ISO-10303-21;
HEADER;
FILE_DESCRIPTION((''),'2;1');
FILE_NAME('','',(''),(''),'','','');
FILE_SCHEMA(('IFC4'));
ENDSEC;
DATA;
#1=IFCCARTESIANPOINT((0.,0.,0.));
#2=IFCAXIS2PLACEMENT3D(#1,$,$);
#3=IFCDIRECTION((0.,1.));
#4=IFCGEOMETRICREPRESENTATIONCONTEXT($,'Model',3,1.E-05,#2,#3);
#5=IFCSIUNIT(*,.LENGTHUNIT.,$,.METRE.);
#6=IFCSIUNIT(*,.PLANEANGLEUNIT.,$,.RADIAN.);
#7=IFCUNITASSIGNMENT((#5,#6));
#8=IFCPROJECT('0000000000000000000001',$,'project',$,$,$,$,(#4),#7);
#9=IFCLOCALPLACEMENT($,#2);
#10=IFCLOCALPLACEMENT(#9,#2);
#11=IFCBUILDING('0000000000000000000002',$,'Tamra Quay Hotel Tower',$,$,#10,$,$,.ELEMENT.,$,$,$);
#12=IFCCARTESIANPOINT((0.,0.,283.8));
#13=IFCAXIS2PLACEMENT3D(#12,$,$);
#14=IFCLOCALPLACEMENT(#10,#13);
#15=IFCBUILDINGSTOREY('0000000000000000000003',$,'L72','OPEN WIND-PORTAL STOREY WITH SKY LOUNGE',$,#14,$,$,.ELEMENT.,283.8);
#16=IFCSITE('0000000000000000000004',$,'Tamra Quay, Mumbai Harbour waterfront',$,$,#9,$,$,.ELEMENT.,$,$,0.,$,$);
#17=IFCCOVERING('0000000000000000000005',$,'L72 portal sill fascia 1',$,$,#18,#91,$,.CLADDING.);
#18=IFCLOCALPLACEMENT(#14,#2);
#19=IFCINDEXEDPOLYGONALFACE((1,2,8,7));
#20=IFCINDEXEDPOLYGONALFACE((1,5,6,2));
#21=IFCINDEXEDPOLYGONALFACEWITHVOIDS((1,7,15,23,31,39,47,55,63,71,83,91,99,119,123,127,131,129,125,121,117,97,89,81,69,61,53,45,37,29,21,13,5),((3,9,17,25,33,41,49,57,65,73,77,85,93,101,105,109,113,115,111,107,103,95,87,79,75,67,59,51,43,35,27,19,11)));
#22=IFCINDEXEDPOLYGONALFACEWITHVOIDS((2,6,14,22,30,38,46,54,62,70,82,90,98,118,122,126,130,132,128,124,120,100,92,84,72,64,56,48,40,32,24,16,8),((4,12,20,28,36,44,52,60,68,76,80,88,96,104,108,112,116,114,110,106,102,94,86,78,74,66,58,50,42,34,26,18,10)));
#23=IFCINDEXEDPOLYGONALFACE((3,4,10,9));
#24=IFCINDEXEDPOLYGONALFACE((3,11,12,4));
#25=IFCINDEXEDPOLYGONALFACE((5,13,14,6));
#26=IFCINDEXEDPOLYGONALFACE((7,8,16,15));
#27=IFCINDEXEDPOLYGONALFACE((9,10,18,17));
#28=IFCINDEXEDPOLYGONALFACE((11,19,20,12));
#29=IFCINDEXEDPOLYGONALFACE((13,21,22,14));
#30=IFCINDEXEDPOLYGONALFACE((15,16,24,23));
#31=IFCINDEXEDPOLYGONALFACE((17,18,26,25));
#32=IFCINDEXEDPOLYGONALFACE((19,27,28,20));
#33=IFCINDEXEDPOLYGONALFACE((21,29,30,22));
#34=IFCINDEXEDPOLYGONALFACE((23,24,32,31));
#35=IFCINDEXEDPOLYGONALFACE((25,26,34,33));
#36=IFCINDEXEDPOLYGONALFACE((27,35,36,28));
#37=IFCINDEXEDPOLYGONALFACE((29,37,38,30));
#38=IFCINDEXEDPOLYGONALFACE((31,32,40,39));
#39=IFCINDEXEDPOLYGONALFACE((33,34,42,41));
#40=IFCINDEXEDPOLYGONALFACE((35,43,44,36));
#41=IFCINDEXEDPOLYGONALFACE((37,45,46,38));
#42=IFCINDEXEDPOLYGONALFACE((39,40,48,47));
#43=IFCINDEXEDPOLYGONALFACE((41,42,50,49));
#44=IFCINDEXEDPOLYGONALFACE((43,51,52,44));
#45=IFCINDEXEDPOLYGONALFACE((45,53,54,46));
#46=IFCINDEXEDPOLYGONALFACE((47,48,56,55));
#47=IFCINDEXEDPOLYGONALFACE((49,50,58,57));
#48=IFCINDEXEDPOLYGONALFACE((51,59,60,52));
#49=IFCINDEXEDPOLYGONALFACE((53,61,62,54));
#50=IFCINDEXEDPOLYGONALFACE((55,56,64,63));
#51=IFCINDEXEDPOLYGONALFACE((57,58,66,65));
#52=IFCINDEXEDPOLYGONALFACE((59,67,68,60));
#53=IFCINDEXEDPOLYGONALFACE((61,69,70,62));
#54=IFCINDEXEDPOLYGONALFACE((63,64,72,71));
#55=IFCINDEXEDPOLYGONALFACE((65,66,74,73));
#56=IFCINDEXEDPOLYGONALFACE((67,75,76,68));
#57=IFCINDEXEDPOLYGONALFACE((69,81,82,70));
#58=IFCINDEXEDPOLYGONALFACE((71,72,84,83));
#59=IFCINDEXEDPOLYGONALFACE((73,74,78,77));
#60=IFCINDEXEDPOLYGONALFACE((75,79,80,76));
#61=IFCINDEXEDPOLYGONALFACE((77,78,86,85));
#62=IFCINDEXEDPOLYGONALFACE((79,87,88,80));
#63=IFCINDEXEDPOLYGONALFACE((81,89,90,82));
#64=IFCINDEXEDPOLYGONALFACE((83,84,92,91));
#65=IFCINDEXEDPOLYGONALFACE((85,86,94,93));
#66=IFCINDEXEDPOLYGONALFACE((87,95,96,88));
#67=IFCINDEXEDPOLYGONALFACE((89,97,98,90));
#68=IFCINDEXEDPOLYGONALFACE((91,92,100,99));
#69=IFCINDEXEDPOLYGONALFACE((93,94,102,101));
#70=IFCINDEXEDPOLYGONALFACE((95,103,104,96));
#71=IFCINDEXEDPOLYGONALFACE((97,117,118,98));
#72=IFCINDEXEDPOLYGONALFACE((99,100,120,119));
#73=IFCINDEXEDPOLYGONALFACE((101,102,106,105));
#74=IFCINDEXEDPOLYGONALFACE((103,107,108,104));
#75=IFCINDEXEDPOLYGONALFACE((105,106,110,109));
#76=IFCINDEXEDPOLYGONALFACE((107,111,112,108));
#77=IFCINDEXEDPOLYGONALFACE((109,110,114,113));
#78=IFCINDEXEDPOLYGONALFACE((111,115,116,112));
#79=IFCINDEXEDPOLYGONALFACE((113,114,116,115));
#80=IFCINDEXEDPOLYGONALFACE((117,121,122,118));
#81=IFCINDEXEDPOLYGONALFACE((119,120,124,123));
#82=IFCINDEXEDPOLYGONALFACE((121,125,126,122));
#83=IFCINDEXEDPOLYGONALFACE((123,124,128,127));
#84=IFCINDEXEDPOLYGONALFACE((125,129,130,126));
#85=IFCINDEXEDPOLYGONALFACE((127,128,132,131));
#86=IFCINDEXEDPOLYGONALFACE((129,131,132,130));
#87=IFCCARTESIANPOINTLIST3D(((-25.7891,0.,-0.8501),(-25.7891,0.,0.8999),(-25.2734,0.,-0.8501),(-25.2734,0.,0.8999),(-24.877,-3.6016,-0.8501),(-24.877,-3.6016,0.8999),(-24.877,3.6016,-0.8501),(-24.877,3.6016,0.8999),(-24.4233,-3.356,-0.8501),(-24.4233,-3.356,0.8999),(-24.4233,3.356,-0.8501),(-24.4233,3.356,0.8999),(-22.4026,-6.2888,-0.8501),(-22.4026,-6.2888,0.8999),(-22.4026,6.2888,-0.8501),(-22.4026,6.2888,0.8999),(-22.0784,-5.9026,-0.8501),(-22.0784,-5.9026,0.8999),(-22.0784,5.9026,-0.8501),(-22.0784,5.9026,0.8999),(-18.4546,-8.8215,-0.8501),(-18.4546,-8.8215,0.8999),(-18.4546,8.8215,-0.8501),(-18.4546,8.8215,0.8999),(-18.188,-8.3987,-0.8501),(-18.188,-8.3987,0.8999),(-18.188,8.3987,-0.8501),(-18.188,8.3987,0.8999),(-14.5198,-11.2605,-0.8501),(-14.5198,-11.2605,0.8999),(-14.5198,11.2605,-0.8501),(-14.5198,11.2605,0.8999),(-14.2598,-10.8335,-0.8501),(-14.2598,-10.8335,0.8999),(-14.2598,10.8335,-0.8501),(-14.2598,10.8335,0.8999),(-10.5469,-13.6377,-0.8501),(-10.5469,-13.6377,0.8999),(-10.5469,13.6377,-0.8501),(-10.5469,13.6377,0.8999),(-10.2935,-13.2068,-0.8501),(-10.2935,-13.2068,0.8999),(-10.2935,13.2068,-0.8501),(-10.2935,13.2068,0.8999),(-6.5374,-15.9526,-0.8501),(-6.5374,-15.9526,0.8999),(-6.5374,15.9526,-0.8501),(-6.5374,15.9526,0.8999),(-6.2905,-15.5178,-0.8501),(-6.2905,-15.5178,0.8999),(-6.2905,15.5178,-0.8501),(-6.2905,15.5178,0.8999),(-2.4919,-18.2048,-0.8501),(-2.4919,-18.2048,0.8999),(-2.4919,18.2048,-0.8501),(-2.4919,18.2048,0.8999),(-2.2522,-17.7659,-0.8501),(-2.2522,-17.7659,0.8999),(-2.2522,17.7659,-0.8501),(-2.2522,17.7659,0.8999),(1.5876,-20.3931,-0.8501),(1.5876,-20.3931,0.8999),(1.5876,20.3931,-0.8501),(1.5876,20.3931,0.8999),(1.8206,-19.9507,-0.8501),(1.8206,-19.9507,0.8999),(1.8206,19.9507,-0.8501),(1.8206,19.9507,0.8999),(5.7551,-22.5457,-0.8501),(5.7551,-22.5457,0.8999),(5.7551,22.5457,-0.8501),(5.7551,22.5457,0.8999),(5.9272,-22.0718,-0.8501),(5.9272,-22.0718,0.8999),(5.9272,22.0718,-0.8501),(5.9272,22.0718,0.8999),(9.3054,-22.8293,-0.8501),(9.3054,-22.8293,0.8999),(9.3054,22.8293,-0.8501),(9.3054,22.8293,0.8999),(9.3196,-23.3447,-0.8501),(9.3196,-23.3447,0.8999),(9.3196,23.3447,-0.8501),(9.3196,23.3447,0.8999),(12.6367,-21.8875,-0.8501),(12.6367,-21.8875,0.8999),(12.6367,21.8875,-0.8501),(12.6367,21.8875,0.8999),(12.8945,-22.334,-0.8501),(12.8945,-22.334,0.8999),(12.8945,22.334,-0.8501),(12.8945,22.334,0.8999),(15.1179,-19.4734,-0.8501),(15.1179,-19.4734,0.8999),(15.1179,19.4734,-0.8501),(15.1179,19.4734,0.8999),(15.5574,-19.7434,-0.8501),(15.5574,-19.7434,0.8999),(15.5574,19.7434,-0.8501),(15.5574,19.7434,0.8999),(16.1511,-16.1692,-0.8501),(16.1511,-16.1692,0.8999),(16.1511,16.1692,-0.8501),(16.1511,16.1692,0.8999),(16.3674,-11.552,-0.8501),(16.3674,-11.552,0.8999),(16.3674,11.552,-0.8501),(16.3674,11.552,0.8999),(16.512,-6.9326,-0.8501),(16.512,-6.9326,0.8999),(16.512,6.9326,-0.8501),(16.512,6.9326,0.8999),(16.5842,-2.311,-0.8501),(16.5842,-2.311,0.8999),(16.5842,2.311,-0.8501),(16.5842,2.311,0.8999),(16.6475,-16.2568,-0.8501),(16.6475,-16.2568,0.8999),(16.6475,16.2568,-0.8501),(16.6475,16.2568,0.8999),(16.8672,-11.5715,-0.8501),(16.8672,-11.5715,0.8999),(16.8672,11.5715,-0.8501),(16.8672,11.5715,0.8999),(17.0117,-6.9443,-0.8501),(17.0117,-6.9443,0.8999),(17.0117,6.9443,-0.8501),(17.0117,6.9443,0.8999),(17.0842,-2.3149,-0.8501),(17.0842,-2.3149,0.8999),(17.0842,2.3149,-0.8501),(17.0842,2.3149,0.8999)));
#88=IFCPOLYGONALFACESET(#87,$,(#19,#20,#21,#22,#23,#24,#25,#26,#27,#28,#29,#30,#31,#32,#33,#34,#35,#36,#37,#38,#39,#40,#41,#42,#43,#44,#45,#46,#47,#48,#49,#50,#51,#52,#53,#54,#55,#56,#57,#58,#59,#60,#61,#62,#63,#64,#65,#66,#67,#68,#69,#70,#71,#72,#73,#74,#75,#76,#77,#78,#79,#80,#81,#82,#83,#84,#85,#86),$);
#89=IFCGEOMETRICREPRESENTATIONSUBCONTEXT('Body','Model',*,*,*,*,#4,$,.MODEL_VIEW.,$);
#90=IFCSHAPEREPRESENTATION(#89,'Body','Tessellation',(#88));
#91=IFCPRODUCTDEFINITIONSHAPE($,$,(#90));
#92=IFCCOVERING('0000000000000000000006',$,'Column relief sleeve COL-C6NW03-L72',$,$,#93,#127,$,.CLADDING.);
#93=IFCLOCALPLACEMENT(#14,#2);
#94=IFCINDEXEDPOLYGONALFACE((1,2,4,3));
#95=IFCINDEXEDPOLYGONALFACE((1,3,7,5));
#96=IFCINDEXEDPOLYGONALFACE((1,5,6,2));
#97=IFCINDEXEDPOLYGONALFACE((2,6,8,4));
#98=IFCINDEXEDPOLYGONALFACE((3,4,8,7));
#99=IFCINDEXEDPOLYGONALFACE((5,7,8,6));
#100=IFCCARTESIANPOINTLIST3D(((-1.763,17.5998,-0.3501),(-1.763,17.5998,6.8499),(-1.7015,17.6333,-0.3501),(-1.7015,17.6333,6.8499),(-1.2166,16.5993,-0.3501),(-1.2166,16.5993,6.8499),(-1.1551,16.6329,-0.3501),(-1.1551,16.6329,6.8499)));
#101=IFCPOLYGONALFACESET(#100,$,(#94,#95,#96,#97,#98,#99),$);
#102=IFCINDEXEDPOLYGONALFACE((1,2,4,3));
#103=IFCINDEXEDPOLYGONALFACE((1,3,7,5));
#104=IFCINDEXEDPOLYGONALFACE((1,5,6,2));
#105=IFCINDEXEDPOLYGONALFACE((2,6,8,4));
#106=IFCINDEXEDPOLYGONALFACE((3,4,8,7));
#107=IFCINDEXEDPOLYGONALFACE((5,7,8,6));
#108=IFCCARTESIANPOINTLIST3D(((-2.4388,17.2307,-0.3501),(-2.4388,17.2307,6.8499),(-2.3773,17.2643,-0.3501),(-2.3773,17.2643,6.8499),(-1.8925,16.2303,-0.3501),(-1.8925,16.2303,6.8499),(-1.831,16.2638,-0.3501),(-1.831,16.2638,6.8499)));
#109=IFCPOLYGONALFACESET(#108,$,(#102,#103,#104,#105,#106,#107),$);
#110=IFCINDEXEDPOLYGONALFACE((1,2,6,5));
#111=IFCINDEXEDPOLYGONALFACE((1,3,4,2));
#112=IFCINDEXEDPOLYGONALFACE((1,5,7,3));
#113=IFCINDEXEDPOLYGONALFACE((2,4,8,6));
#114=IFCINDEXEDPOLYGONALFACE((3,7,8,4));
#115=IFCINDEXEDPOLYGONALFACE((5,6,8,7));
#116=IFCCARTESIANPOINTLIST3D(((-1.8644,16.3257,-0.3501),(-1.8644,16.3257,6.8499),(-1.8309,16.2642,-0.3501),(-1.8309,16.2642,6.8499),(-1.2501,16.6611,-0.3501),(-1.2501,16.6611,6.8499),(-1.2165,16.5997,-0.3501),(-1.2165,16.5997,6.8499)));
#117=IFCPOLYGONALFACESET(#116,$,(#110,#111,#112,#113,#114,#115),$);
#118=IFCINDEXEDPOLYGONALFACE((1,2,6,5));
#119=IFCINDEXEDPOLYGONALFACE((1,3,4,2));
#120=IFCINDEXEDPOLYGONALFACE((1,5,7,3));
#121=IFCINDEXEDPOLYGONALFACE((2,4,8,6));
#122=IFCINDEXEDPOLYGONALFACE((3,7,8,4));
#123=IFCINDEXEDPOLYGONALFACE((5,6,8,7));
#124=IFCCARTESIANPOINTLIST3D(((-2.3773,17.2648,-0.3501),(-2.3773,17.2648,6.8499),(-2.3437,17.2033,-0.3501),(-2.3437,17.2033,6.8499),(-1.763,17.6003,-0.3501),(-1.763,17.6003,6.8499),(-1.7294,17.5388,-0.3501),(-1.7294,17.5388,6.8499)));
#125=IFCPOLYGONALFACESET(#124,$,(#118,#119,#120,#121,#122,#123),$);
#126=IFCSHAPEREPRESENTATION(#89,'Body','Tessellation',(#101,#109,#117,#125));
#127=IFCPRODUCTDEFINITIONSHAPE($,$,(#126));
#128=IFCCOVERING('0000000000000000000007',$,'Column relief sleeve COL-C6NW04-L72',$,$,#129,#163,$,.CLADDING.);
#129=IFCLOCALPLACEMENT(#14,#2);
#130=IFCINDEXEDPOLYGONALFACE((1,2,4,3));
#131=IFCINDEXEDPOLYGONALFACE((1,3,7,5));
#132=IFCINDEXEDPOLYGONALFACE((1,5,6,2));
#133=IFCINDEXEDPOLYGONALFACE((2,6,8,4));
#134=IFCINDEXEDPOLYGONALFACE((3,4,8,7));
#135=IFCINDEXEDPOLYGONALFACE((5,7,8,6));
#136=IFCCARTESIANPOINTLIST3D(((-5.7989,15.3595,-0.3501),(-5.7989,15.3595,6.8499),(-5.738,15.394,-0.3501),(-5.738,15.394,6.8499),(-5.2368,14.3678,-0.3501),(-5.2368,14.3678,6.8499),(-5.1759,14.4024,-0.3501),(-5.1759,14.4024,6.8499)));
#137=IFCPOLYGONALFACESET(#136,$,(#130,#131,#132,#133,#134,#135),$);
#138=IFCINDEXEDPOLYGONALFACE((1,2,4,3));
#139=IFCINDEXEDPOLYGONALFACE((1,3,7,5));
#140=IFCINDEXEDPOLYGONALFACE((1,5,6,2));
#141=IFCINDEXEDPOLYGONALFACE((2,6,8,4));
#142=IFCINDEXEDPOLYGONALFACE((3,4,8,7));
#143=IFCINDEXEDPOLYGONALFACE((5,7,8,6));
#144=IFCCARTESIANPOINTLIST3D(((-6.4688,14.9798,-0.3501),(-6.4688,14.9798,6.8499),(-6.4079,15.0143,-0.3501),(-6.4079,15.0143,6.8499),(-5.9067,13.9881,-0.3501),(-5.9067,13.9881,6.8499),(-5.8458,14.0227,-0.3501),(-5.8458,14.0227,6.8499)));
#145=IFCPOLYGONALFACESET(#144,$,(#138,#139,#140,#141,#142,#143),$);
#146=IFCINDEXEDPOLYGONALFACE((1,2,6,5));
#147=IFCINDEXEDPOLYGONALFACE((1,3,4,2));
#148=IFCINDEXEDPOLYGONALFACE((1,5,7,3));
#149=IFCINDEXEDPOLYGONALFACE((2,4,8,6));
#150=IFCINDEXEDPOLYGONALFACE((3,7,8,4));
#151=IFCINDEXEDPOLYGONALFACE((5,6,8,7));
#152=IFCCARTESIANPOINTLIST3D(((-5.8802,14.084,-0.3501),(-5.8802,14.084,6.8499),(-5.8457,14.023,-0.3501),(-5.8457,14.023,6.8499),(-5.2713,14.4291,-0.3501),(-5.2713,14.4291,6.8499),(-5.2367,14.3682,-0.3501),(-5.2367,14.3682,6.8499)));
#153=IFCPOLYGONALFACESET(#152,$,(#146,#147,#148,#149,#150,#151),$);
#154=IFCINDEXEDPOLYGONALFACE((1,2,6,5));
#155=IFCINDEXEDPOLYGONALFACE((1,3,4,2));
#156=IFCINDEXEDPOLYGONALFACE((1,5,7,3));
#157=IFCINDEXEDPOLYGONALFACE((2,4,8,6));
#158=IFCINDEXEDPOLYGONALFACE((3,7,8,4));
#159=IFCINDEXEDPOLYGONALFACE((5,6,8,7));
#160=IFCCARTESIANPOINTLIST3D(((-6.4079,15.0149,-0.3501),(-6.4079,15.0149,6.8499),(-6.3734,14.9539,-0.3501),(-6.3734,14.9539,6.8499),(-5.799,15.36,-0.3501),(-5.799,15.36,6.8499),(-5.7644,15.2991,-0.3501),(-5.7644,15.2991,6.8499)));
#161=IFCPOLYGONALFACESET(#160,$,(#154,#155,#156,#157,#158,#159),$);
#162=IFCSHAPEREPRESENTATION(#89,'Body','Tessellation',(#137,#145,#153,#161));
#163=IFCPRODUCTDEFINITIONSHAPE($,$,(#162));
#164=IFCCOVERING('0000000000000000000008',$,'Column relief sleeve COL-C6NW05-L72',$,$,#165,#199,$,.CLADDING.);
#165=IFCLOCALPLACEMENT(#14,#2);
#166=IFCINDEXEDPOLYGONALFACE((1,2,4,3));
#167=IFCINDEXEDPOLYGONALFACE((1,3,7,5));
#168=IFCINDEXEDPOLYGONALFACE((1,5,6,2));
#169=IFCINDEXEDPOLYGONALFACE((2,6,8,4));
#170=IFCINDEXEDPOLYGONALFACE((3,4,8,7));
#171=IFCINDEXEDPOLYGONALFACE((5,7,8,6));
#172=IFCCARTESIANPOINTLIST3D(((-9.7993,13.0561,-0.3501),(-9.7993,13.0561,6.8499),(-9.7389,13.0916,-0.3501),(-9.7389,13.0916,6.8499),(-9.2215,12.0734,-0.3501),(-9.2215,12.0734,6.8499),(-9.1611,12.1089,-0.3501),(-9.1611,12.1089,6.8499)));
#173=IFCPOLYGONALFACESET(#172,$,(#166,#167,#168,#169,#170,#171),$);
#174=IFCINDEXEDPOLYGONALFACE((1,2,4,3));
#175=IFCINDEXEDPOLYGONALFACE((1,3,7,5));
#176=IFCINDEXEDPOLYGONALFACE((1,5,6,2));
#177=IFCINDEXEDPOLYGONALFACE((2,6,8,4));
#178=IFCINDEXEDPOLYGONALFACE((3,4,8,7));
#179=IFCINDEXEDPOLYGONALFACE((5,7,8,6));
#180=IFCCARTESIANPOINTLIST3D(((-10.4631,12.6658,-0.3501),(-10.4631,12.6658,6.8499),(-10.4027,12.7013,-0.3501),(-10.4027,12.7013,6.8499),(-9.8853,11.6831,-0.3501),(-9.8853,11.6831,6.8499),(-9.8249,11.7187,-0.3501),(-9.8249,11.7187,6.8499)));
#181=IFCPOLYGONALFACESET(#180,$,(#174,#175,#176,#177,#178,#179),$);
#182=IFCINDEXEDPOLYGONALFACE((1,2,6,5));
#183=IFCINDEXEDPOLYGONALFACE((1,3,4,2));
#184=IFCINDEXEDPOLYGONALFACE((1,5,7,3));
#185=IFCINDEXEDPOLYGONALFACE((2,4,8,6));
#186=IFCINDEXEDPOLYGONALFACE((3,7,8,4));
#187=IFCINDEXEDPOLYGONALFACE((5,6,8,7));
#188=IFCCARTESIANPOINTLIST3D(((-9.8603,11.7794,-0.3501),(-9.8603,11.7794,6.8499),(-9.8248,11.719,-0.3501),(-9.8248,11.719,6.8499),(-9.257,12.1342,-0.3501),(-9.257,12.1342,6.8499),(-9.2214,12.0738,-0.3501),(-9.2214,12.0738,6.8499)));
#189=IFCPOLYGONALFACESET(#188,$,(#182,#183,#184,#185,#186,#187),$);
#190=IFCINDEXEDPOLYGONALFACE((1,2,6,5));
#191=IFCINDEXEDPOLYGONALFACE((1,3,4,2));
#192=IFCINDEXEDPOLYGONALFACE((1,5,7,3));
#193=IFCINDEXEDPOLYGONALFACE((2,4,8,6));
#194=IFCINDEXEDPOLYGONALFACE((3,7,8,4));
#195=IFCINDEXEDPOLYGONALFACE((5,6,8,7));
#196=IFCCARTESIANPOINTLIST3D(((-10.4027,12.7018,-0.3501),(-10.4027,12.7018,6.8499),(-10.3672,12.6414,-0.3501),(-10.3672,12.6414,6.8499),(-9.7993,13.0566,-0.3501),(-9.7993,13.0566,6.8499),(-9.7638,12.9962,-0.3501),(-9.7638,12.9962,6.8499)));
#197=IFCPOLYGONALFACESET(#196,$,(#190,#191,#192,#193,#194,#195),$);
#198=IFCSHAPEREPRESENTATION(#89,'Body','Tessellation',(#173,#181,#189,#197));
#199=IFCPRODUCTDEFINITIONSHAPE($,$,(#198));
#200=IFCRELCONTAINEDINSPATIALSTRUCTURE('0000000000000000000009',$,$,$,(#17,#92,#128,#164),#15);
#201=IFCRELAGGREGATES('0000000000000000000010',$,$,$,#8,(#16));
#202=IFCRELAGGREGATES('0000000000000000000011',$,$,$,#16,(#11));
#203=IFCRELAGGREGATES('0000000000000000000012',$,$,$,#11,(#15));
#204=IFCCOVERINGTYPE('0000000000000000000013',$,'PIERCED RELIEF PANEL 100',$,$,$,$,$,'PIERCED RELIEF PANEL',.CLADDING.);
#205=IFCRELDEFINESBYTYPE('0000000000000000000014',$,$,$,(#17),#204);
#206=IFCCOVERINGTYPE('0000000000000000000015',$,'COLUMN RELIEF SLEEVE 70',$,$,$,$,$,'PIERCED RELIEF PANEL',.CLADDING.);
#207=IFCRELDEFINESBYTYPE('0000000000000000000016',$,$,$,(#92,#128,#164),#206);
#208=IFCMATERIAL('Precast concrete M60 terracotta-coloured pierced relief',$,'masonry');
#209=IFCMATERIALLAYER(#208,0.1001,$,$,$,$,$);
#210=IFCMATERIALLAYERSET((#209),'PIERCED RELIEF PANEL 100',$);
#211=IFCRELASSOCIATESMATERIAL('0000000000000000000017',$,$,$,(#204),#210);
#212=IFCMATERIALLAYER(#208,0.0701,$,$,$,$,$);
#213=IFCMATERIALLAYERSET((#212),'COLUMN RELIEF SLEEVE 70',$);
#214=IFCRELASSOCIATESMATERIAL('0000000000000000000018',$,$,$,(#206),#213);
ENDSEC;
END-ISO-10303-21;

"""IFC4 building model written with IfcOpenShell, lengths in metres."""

from ifc_helpers import new_model, si_unit, direction, frame, frame_2d, origin, place, context, subcontext, project, spatial, polyline, rectangle, outline, extrude, source, transform, mapped, material, layer, layer_set, type_object, element, save


model = new_model("IFC4")

# Units and contexts
model_context = context("Model", 3, precision=1e-05, world=origin(), true_north=direction((0.0, 1.0)))
body_context = subcontext(model_context, "Body", "Model", "MODEL_VIEW")
ifc_project = project(units=[si_unit("LENGTHUNIT", "METRE"), si_unit("PLANEANGLEUNIT", "RADIAN")], contexts=[model_context])

# Site, building, storey
site_placement = place(None, origin())
site = spatial("IfcSite", under=ifc_project, at=site_placement, Name="Tamra Quay, Mumbai Harbour waterfront", CompositionType="ELEMENT", RefElevation=0.0)
building_placement = place(site_placement, origin())
building = spatial("IfcBuilding", under=site, at=building_placement, Name="Tamra Quay Hotel Tower", CompositionType="ELEMENT")
storey_placement = place(building_placement, frame((0.0, 0.0, 283.8)))
storey = spatial("IfcBuildingStorey", under=building, at=storey_placement, Name="L72", Description="OPEN WIND-PORTAL STOREY WITH SKY LOUNGE", CompositionType="ELEMENT", Elevation=283.8)

# Coverings
ifc_material_1 = material(Name="Precast concrete M60 terracotta-coloured pierced relief", Category="masonry")
ifc_layer_1 = layer(ifc_material_1, 0.1001)
ifc_layer_set_1 = layer_set([ifc_layer_1], Name="PIERCED RELIEF PANEL 100")
covering_type_1 = type_object("IfcCoveringType", Name="PIERCED RELIEF PANEL 100", ElementType="PIERCED RELIEF PANEL", PredefinedType="CLADDING", material=ifc_layer_set_1)
covering_1_placement = place(storey_placement, frame((0.0, 0.0, -0.8501)))
element("IfcCovering", 1, at=covering_1_placement, inside=storey, type_object=covering_type_1, Name="L72 portal sill fascia 1", PredefinedType="CLADDING", context=body_context, shape_type="SweptSolid", body=[
    extrude(outline(polyline([(16.6475, -16.2568), (15.5574, -19.7434), (12.8945, -22.334), (9.3196, -23.3447), (5.7551, -22.5457), (1.5876, -20.3931), (-2.4919, -18.2048), (-6.5374, -15.9526), (-10.5469, -13.6377), (-14.5198, -11.2605), (-18.4546, -8.8215), (-22.4026, -6.2888), (-24.877, -3.6016), (-25.7891, 0.0), (-24.877, 3.6016), (-22.4026, 6.2888), (-18.4546, 8.8215), (-14.5198, 11.2605), (-10.5469, 13.6377), (-6.5374, 15.9526), (-2.4919, 18.2048), (1.5876, 20.3931), (5.7551, 22.5457), (9.3196, 23.3447), (12.8945, 22.334), (15.5574, 19.7434), (16.6475, 16.2568), (16.8672, 11.5715), (17.0117, 6.9443), (17.0842, 2.3149), (17.0842, -2.3149), (17.0117, -6.9443), (16.8672, -11.5715), (16.6475, -16.2568)]), holes=[polyline([(16.1511, -16.1692), (16.3674, -11.552), (16.512, -6.9326), (16.5842, -2.311), (16.5842, 2.311), (16.512, 6.9326), (16.3674, 11.552), (16.1511, 16.1692), (15.1179, 19.4734), (12.6367, 21.8875), (9.3054, 22.8293), (5.9272, 22.0718), (1.8206, 19.9507), (-2.2522, 17.7659), (-6.2905, 15.5178), (-10.2935, 13.2068), (-14.2598, 10.8335), (-18.188, 8.3987), (-22.0784, 5.9026), (-24.4233, 3.356), (-25.2734, 0.0), (-24.4233, -3.356), (-22.0784, -5.9026), (-18.188, -8.3987), (-14.2598, -10.8335), (-10.2935, -13.2068), (-6.2905, -15.5178), (-2.2522, -17.7659), (1.8206, -19.9507), (5.9272, -22.0718), (9.3054, -22.8293), (12.6367, -21.8875), (15.1179, -19.4734), (16.1511, -16.1692)])]), origin(), (0.0, 0.0, 1.0), 1.75),
])
ifc_layer_2 = layer(ifc_material_1, 0.0701)
ifc_layer_set_2 = layer_set([ifc_layer_2], Name="COLUMN RELIEF SLEEVE 70")
covering_type_2 = type_object("IfcCoveringType", Name="COLUMN RELIEF SLEEVE 70", ElementType="PIERCED RELIEF PANEL", PredefinedType="CLADDING", material=ifc_layer_set_2)
shared_shape = source(origin(), body_context, "Body", "SweptSolid", [
    extrude(rectangle(XDim=1.1399, YDim=0.0701, at=frame_2d((0.5698, 0.0352))), frame((-0.5701, -0.4199, 0.0)), (0.0, 0.0, 1.0), 7.2),
    extrude(rectangle(XDim=1.1399, YDim=0.0701, at=frame_2d((0.5698, 0.0352))), frame((-0.5701, 0.3501, 0.0)), (0.0, 0.0, 1.0), 7.2),
    extrude(rectangle(XDim=0.0701, YDim=0.7, at=frame_2d((0.0352, 0.3501))), frame((-0.5701, -0.3501, 0.0)), (0.0, 0.0, 1.0), 7.2),
    extrude(rectangle(XDim=0.0701, YDim=0.7, at=frame_2d((0.0352, 0.3501))), frame((0.5, -0.3501, 0.0)), (0.0, 0.0, 1.0), 7.2),
])
for number, where, z_axis, x_axis, name in (
    (2, (-1.7969, 16.9321, -0.3501), (0.0, 0.0, 1.0), (-0.479288, 0.877658, 0.0), "Column relief sleeve COL-C6NW03-L72"),
    (3, (-5.8223, 14.6914, -0.3501), (0.0, 0.0, 1.0), (-0.493125, 0.869958, 0.0), "Column relief sleeve COL-C6NW04-L72"),
    (4, (-9.812, 12.3877, -0.3501), (0.0, 0.0, 1.0), (-0.506843, 0.862038, 0.0), "Column relief sleeve COL-C6NW05-L72"),
):
    element("IfcCovering", number, at=place(storey_placement, frame(where, z_axis=z_axis, x_axis=x_axis)), inside=storey, type_object=covering_type_2, Name=name, PredefinedType="CLADDING", context=body_context, shape_type="MappedRepresentation", body=[
        mapped(shared_shape, transform((0.0, 0.0, 0.0), scale=1.0)),
    ])

save(model, "model.ifc")
